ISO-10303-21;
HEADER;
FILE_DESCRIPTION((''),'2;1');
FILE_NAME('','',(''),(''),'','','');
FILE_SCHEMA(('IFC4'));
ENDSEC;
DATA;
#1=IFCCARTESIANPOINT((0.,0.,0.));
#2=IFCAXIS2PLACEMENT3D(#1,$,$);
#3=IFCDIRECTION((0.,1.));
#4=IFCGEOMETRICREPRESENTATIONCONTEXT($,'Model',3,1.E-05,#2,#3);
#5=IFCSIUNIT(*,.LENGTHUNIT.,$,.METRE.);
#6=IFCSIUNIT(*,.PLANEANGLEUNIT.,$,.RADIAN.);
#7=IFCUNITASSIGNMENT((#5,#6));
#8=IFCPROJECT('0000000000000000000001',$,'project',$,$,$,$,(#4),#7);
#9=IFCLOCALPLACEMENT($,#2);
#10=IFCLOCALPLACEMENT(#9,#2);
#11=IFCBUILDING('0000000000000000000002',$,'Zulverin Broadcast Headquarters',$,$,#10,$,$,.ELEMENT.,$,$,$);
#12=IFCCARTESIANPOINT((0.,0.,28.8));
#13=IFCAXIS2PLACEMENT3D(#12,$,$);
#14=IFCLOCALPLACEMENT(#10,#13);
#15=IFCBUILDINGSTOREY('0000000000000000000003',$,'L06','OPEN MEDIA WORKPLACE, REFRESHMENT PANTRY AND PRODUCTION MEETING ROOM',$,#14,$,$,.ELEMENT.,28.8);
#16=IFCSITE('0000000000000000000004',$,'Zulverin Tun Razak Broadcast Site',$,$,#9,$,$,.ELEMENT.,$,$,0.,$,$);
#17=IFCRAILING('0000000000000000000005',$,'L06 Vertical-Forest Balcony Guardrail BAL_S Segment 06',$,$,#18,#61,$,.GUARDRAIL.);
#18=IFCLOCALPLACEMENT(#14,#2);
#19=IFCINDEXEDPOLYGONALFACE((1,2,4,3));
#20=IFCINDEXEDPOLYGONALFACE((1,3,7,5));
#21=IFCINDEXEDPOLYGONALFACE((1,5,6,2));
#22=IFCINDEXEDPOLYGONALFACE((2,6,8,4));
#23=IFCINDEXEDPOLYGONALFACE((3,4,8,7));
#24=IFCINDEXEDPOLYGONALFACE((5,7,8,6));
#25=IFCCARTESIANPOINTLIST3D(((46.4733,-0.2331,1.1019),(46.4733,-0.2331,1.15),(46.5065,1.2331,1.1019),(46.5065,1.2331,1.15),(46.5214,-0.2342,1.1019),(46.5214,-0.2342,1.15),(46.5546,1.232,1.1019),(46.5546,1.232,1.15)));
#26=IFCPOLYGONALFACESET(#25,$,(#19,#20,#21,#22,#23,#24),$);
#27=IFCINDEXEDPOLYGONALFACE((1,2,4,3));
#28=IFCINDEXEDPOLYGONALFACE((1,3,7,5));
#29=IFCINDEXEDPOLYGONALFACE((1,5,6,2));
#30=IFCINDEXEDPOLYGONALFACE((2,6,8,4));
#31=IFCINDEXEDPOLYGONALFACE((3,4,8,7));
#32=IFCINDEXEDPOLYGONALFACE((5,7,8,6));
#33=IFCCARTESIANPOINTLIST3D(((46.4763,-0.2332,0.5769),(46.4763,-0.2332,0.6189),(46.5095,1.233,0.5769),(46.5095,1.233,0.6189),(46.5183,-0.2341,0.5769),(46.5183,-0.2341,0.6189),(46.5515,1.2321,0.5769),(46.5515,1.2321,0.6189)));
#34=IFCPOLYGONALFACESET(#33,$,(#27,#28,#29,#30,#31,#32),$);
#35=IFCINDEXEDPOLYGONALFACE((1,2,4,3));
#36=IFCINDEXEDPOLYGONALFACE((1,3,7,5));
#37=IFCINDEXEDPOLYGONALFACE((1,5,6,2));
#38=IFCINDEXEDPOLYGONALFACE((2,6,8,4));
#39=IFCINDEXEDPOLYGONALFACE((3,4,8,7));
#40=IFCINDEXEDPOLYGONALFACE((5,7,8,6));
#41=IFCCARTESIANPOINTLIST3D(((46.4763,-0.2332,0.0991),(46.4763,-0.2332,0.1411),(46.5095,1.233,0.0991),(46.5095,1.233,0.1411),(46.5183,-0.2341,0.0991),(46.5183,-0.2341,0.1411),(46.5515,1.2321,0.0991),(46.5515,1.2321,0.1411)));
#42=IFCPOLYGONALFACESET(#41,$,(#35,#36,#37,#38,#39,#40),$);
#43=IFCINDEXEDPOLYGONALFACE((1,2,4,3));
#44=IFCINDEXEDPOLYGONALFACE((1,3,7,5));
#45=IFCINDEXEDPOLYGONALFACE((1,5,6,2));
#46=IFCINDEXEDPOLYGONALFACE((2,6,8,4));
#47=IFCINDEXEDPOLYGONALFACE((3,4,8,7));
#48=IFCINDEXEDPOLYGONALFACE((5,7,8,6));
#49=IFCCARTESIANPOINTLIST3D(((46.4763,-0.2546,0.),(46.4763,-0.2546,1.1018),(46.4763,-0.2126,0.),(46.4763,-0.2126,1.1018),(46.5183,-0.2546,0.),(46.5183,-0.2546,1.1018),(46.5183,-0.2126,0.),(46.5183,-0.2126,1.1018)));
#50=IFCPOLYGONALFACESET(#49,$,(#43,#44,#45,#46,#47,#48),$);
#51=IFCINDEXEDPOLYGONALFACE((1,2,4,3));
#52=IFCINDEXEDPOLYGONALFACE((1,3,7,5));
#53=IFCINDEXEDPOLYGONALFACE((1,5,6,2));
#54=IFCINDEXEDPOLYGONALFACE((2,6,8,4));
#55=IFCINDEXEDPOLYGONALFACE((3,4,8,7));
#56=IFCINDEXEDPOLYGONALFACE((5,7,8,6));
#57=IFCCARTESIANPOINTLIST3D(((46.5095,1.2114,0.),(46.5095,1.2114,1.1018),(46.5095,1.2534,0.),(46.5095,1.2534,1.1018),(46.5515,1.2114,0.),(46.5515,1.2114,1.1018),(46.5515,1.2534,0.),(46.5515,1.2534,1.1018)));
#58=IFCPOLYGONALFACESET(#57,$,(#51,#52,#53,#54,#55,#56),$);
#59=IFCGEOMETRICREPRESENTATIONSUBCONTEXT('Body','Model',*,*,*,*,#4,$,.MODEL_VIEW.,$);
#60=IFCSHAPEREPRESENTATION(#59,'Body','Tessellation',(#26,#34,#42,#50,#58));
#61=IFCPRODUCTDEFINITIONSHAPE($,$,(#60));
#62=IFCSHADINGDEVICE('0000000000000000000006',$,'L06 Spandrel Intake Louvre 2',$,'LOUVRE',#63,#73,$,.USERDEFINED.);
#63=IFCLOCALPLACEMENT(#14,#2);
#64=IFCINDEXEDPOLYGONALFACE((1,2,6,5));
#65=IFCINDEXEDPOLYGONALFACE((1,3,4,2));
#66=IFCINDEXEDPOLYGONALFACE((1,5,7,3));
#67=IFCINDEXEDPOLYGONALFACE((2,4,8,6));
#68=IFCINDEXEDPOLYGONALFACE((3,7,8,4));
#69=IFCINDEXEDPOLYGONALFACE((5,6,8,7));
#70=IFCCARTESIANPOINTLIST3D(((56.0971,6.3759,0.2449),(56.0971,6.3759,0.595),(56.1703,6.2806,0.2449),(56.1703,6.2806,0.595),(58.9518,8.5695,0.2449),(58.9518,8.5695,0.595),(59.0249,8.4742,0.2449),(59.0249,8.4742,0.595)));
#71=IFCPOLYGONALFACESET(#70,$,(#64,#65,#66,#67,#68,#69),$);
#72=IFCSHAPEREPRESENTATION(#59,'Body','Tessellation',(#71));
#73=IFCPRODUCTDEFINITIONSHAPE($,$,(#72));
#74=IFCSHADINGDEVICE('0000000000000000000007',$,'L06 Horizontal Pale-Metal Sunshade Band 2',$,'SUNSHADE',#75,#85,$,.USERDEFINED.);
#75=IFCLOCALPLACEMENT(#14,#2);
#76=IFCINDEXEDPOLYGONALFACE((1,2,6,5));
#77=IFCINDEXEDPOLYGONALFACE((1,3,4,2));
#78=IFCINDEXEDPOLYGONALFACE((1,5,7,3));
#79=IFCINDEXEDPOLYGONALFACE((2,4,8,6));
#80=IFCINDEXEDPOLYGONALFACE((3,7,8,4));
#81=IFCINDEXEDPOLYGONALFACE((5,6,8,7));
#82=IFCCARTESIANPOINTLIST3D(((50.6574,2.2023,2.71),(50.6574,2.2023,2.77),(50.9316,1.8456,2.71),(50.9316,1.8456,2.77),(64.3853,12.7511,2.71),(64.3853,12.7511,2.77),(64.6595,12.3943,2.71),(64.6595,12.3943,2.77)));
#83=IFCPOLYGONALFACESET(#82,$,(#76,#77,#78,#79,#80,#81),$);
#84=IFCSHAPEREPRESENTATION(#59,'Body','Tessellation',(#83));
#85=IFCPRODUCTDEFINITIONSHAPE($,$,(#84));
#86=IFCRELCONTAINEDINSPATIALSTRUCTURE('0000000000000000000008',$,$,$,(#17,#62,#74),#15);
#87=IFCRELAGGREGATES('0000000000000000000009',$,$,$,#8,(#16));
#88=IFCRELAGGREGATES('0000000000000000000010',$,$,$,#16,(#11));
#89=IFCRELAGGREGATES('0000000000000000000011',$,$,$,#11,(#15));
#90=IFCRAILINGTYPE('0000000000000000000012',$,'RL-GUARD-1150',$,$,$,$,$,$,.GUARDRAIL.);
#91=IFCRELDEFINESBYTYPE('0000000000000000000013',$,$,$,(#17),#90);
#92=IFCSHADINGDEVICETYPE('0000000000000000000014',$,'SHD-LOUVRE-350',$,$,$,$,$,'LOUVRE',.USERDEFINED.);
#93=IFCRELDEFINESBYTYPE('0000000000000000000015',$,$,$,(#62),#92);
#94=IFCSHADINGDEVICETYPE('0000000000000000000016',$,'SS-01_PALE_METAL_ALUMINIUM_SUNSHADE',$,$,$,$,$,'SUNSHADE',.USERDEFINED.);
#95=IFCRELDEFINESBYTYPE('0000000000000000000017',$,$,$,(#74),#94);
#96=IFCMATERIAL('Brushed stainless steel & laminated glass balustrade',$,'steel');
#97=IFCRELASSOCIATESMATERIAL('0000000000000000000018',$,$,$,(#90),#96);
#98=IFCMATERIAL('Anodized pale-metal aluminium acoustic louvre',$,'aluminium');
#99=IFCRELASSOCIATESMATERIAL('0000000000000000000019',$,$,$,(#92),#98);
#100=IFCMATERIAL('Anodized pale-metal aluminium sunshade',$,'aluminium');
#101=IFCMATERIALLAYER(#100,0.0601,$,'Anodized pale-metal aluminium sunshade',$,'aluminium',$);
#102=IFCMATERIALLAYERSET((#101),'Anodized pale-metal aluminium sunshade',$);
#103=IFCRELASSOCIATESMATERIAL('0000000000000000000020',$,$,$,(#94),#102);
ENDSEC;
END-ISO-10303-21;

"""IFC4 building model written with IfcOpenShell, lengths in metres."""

from ifc_helpers import new_model, si_unit, direction, frame, origin, origin_2d, place, context, subcontext, project, spatial, rectangle, extrude, material, layer, layer_set, type_object, element, save


model = new_model("IFC4")

# Units and contexts
model_context = context("Model", 3, precision=1e-05, world=origin(), true_north=direction((0.0, 1.0)))
body_context = subcontext(model_context, "Body", "Model", "MODEL_VIEW")
ifc_project = project(units=[si_unit("LENGTHUNIT", "METRE"), si_unit("PLANEANGLEUNIT", "RADIAN")], contexts=[model_context])

# Site, building, storey
site_placement = place(None, origin())
site = spatial("IfcSite", under=ifc_project, at=site_placement, Name="Zulverin Tun Razak Broadcast Site", CompositionType="ELEMENT", RefElevation=0.0)
building_placement = place(site_placement, origin())
building = spatial("IfcBuilding", under=site, at=building_placement, Name="Zulverin Broadcast Headquarters", CompositionType="ELEMENT")
storey_placement = place(building_placement, frame((0.0, 0.0, 28.8)))
storey = spatial("IfcBuildingStorey", under=building, at=storey_placement, Name="L06", Description="OPEN MEDIA WORKPLACE, REFRESHMENT PANTRY AND PRODUCTION MEETING ROOM", CompositionType="ELEMENT", Elevation=28.8)

# Railing
ifc_material_1 = material(Name="Brushed stainless steel & laminated glass balustrade", Category="steel")
railing_type = type_object("IfcRailingType", Name="RL-GUARD-1150", PredefinedType="GUARDRAIL", material=ifc_material_1)
railing_placement = place(storey_placement, frame((46.4973, -0.2336, 0.0)))
element("IfcRailing", 1, at=railing_placement, inside=storey, type_object=railing_type, Name="L06 Vertical-Forest Balcony Guardrail BAL_S Segment 06", PredefinedType="GUARDRAIL", context=body_context, shape_type="SweptSolid", body=[
    extrude(rectangle(XDim=0.0481, YDim=0.0481, at=origin_2d()), frame((0.0, 0.0, 1.126), z_axis=(0.022642, 0.999744, 0.0), x_axis=(-0.999744, 0.022642, 0.0)), (0.0, 0.0, 1.0), 1.4666),
    extrude(rectangle(XDim=0.042, YDim=0.042, at=origin_2d()), frame((0.0, 0.0, 0.5979), z_axis=(0.022642, 0.999744, 0.0), x_axis=(-0.999744, 0.022642, 0.0)), (0.0, 0.0, 1.0), 1.4666),
    extrude(rectangle(XDim=0.042, YDim=0.042, at=origin_2d()), frame((0.0, 0.0, 0.1201), z_axis=(0.022642, 0.999744, 0.0), x_axis=(-0.999744, 0.022642, 0.0)), (0.0, 0.0, 1.0), 1.4666),
    extrude(rectangle(XDim=0.042, YDim=0.042, at=origin_2d()), origin(), (0.0, 0.0, 1.0), 1.1018),
    extrude(rectangle(XDim=0.042, YDim=0.042, at=origin_2d()), frame((0.0332, 1.4661, 0.0)), (0.0, 0.0, 1.0), 1.1018),
])

# Shading devices
ifc_material_2 = material(Name="Anodized pale-metal aluminium acoustic louvre", Category="aluminium")
shading_device_type_1 = type_object("IfcShadingDeviceType", Name="SHD-LOUVRE-350", ElementType="LOUVRE", PredefinedType="USERDEFINED", material=ifc_material_2)
shading_device_1_placement = place(storey_placement, frame((57.561, 7.425, 0.2449), z_axis=(0.0, 0.0, 1.0), x_axis=(0.792933, 0.609308, 0.0)))
element("IfcShadingDevice", 2, at=shading_device_1_placement, inside=storey, type_object=shading_device_type_1, Name="L06 Spandrel Intake Louvre 2", ObjectType="LOUVRE", PredefinedType="USERDEFINED", context=body_context, shape_type="SweptSolid", body=[
    extrude(rectangle(XDim=3.6001, YDim=0.1201, at=origin_2d()), origin(), (0.0, 0.0, 1.0), 0.3501),
])
ifc_material_3 = material(Name="Anodized pale-metal aluminium sunshade", Category="aluminium")
ifc_layer_1 = layer(ifc_material_3, 0.0601, Name="Anodized pale-metal aluminium sunshade", Category="aluminium")
ifc_layer_set_1 = layer_set([ifc_layer_1], Name="Anodized pale-metal aluminium sunshade")
shading_device_type_2 = type_object("IfcShadingDeviceType", Name="SS-01_PALE_METAL_ALUMINIUM_SUNSHADE", ElementType="SUNSHADE", PredefinedType="USERDEFINED", material=ifc_layer_set_1)
shading_device_2_placement = place(storey_placement, frame((57.6584, 7.2983, 2.71), z_axis=(0.0, 0.0, 1.0), x_axis=(0.792933, 0.609308, 0.0)))
element("IfcShadingDevice", 3, at=shading_device_2_placement, inside=storey, type_object=shading_device_type_2, Name="L06 Horizontal Pale-Metal Sunshade Band 2", ObjectType="SUNSHADE", PredefinedType="USERDEFINED", context=body_context, shape_type="SweptSolid", body=[
    extrude(rectangle(XDim=17.3127, YDim=0.45, at=origin_2d()), origin(), (0.0, 0.0, 1.0), 0.0601),
])

save(model, "model.ifc")
